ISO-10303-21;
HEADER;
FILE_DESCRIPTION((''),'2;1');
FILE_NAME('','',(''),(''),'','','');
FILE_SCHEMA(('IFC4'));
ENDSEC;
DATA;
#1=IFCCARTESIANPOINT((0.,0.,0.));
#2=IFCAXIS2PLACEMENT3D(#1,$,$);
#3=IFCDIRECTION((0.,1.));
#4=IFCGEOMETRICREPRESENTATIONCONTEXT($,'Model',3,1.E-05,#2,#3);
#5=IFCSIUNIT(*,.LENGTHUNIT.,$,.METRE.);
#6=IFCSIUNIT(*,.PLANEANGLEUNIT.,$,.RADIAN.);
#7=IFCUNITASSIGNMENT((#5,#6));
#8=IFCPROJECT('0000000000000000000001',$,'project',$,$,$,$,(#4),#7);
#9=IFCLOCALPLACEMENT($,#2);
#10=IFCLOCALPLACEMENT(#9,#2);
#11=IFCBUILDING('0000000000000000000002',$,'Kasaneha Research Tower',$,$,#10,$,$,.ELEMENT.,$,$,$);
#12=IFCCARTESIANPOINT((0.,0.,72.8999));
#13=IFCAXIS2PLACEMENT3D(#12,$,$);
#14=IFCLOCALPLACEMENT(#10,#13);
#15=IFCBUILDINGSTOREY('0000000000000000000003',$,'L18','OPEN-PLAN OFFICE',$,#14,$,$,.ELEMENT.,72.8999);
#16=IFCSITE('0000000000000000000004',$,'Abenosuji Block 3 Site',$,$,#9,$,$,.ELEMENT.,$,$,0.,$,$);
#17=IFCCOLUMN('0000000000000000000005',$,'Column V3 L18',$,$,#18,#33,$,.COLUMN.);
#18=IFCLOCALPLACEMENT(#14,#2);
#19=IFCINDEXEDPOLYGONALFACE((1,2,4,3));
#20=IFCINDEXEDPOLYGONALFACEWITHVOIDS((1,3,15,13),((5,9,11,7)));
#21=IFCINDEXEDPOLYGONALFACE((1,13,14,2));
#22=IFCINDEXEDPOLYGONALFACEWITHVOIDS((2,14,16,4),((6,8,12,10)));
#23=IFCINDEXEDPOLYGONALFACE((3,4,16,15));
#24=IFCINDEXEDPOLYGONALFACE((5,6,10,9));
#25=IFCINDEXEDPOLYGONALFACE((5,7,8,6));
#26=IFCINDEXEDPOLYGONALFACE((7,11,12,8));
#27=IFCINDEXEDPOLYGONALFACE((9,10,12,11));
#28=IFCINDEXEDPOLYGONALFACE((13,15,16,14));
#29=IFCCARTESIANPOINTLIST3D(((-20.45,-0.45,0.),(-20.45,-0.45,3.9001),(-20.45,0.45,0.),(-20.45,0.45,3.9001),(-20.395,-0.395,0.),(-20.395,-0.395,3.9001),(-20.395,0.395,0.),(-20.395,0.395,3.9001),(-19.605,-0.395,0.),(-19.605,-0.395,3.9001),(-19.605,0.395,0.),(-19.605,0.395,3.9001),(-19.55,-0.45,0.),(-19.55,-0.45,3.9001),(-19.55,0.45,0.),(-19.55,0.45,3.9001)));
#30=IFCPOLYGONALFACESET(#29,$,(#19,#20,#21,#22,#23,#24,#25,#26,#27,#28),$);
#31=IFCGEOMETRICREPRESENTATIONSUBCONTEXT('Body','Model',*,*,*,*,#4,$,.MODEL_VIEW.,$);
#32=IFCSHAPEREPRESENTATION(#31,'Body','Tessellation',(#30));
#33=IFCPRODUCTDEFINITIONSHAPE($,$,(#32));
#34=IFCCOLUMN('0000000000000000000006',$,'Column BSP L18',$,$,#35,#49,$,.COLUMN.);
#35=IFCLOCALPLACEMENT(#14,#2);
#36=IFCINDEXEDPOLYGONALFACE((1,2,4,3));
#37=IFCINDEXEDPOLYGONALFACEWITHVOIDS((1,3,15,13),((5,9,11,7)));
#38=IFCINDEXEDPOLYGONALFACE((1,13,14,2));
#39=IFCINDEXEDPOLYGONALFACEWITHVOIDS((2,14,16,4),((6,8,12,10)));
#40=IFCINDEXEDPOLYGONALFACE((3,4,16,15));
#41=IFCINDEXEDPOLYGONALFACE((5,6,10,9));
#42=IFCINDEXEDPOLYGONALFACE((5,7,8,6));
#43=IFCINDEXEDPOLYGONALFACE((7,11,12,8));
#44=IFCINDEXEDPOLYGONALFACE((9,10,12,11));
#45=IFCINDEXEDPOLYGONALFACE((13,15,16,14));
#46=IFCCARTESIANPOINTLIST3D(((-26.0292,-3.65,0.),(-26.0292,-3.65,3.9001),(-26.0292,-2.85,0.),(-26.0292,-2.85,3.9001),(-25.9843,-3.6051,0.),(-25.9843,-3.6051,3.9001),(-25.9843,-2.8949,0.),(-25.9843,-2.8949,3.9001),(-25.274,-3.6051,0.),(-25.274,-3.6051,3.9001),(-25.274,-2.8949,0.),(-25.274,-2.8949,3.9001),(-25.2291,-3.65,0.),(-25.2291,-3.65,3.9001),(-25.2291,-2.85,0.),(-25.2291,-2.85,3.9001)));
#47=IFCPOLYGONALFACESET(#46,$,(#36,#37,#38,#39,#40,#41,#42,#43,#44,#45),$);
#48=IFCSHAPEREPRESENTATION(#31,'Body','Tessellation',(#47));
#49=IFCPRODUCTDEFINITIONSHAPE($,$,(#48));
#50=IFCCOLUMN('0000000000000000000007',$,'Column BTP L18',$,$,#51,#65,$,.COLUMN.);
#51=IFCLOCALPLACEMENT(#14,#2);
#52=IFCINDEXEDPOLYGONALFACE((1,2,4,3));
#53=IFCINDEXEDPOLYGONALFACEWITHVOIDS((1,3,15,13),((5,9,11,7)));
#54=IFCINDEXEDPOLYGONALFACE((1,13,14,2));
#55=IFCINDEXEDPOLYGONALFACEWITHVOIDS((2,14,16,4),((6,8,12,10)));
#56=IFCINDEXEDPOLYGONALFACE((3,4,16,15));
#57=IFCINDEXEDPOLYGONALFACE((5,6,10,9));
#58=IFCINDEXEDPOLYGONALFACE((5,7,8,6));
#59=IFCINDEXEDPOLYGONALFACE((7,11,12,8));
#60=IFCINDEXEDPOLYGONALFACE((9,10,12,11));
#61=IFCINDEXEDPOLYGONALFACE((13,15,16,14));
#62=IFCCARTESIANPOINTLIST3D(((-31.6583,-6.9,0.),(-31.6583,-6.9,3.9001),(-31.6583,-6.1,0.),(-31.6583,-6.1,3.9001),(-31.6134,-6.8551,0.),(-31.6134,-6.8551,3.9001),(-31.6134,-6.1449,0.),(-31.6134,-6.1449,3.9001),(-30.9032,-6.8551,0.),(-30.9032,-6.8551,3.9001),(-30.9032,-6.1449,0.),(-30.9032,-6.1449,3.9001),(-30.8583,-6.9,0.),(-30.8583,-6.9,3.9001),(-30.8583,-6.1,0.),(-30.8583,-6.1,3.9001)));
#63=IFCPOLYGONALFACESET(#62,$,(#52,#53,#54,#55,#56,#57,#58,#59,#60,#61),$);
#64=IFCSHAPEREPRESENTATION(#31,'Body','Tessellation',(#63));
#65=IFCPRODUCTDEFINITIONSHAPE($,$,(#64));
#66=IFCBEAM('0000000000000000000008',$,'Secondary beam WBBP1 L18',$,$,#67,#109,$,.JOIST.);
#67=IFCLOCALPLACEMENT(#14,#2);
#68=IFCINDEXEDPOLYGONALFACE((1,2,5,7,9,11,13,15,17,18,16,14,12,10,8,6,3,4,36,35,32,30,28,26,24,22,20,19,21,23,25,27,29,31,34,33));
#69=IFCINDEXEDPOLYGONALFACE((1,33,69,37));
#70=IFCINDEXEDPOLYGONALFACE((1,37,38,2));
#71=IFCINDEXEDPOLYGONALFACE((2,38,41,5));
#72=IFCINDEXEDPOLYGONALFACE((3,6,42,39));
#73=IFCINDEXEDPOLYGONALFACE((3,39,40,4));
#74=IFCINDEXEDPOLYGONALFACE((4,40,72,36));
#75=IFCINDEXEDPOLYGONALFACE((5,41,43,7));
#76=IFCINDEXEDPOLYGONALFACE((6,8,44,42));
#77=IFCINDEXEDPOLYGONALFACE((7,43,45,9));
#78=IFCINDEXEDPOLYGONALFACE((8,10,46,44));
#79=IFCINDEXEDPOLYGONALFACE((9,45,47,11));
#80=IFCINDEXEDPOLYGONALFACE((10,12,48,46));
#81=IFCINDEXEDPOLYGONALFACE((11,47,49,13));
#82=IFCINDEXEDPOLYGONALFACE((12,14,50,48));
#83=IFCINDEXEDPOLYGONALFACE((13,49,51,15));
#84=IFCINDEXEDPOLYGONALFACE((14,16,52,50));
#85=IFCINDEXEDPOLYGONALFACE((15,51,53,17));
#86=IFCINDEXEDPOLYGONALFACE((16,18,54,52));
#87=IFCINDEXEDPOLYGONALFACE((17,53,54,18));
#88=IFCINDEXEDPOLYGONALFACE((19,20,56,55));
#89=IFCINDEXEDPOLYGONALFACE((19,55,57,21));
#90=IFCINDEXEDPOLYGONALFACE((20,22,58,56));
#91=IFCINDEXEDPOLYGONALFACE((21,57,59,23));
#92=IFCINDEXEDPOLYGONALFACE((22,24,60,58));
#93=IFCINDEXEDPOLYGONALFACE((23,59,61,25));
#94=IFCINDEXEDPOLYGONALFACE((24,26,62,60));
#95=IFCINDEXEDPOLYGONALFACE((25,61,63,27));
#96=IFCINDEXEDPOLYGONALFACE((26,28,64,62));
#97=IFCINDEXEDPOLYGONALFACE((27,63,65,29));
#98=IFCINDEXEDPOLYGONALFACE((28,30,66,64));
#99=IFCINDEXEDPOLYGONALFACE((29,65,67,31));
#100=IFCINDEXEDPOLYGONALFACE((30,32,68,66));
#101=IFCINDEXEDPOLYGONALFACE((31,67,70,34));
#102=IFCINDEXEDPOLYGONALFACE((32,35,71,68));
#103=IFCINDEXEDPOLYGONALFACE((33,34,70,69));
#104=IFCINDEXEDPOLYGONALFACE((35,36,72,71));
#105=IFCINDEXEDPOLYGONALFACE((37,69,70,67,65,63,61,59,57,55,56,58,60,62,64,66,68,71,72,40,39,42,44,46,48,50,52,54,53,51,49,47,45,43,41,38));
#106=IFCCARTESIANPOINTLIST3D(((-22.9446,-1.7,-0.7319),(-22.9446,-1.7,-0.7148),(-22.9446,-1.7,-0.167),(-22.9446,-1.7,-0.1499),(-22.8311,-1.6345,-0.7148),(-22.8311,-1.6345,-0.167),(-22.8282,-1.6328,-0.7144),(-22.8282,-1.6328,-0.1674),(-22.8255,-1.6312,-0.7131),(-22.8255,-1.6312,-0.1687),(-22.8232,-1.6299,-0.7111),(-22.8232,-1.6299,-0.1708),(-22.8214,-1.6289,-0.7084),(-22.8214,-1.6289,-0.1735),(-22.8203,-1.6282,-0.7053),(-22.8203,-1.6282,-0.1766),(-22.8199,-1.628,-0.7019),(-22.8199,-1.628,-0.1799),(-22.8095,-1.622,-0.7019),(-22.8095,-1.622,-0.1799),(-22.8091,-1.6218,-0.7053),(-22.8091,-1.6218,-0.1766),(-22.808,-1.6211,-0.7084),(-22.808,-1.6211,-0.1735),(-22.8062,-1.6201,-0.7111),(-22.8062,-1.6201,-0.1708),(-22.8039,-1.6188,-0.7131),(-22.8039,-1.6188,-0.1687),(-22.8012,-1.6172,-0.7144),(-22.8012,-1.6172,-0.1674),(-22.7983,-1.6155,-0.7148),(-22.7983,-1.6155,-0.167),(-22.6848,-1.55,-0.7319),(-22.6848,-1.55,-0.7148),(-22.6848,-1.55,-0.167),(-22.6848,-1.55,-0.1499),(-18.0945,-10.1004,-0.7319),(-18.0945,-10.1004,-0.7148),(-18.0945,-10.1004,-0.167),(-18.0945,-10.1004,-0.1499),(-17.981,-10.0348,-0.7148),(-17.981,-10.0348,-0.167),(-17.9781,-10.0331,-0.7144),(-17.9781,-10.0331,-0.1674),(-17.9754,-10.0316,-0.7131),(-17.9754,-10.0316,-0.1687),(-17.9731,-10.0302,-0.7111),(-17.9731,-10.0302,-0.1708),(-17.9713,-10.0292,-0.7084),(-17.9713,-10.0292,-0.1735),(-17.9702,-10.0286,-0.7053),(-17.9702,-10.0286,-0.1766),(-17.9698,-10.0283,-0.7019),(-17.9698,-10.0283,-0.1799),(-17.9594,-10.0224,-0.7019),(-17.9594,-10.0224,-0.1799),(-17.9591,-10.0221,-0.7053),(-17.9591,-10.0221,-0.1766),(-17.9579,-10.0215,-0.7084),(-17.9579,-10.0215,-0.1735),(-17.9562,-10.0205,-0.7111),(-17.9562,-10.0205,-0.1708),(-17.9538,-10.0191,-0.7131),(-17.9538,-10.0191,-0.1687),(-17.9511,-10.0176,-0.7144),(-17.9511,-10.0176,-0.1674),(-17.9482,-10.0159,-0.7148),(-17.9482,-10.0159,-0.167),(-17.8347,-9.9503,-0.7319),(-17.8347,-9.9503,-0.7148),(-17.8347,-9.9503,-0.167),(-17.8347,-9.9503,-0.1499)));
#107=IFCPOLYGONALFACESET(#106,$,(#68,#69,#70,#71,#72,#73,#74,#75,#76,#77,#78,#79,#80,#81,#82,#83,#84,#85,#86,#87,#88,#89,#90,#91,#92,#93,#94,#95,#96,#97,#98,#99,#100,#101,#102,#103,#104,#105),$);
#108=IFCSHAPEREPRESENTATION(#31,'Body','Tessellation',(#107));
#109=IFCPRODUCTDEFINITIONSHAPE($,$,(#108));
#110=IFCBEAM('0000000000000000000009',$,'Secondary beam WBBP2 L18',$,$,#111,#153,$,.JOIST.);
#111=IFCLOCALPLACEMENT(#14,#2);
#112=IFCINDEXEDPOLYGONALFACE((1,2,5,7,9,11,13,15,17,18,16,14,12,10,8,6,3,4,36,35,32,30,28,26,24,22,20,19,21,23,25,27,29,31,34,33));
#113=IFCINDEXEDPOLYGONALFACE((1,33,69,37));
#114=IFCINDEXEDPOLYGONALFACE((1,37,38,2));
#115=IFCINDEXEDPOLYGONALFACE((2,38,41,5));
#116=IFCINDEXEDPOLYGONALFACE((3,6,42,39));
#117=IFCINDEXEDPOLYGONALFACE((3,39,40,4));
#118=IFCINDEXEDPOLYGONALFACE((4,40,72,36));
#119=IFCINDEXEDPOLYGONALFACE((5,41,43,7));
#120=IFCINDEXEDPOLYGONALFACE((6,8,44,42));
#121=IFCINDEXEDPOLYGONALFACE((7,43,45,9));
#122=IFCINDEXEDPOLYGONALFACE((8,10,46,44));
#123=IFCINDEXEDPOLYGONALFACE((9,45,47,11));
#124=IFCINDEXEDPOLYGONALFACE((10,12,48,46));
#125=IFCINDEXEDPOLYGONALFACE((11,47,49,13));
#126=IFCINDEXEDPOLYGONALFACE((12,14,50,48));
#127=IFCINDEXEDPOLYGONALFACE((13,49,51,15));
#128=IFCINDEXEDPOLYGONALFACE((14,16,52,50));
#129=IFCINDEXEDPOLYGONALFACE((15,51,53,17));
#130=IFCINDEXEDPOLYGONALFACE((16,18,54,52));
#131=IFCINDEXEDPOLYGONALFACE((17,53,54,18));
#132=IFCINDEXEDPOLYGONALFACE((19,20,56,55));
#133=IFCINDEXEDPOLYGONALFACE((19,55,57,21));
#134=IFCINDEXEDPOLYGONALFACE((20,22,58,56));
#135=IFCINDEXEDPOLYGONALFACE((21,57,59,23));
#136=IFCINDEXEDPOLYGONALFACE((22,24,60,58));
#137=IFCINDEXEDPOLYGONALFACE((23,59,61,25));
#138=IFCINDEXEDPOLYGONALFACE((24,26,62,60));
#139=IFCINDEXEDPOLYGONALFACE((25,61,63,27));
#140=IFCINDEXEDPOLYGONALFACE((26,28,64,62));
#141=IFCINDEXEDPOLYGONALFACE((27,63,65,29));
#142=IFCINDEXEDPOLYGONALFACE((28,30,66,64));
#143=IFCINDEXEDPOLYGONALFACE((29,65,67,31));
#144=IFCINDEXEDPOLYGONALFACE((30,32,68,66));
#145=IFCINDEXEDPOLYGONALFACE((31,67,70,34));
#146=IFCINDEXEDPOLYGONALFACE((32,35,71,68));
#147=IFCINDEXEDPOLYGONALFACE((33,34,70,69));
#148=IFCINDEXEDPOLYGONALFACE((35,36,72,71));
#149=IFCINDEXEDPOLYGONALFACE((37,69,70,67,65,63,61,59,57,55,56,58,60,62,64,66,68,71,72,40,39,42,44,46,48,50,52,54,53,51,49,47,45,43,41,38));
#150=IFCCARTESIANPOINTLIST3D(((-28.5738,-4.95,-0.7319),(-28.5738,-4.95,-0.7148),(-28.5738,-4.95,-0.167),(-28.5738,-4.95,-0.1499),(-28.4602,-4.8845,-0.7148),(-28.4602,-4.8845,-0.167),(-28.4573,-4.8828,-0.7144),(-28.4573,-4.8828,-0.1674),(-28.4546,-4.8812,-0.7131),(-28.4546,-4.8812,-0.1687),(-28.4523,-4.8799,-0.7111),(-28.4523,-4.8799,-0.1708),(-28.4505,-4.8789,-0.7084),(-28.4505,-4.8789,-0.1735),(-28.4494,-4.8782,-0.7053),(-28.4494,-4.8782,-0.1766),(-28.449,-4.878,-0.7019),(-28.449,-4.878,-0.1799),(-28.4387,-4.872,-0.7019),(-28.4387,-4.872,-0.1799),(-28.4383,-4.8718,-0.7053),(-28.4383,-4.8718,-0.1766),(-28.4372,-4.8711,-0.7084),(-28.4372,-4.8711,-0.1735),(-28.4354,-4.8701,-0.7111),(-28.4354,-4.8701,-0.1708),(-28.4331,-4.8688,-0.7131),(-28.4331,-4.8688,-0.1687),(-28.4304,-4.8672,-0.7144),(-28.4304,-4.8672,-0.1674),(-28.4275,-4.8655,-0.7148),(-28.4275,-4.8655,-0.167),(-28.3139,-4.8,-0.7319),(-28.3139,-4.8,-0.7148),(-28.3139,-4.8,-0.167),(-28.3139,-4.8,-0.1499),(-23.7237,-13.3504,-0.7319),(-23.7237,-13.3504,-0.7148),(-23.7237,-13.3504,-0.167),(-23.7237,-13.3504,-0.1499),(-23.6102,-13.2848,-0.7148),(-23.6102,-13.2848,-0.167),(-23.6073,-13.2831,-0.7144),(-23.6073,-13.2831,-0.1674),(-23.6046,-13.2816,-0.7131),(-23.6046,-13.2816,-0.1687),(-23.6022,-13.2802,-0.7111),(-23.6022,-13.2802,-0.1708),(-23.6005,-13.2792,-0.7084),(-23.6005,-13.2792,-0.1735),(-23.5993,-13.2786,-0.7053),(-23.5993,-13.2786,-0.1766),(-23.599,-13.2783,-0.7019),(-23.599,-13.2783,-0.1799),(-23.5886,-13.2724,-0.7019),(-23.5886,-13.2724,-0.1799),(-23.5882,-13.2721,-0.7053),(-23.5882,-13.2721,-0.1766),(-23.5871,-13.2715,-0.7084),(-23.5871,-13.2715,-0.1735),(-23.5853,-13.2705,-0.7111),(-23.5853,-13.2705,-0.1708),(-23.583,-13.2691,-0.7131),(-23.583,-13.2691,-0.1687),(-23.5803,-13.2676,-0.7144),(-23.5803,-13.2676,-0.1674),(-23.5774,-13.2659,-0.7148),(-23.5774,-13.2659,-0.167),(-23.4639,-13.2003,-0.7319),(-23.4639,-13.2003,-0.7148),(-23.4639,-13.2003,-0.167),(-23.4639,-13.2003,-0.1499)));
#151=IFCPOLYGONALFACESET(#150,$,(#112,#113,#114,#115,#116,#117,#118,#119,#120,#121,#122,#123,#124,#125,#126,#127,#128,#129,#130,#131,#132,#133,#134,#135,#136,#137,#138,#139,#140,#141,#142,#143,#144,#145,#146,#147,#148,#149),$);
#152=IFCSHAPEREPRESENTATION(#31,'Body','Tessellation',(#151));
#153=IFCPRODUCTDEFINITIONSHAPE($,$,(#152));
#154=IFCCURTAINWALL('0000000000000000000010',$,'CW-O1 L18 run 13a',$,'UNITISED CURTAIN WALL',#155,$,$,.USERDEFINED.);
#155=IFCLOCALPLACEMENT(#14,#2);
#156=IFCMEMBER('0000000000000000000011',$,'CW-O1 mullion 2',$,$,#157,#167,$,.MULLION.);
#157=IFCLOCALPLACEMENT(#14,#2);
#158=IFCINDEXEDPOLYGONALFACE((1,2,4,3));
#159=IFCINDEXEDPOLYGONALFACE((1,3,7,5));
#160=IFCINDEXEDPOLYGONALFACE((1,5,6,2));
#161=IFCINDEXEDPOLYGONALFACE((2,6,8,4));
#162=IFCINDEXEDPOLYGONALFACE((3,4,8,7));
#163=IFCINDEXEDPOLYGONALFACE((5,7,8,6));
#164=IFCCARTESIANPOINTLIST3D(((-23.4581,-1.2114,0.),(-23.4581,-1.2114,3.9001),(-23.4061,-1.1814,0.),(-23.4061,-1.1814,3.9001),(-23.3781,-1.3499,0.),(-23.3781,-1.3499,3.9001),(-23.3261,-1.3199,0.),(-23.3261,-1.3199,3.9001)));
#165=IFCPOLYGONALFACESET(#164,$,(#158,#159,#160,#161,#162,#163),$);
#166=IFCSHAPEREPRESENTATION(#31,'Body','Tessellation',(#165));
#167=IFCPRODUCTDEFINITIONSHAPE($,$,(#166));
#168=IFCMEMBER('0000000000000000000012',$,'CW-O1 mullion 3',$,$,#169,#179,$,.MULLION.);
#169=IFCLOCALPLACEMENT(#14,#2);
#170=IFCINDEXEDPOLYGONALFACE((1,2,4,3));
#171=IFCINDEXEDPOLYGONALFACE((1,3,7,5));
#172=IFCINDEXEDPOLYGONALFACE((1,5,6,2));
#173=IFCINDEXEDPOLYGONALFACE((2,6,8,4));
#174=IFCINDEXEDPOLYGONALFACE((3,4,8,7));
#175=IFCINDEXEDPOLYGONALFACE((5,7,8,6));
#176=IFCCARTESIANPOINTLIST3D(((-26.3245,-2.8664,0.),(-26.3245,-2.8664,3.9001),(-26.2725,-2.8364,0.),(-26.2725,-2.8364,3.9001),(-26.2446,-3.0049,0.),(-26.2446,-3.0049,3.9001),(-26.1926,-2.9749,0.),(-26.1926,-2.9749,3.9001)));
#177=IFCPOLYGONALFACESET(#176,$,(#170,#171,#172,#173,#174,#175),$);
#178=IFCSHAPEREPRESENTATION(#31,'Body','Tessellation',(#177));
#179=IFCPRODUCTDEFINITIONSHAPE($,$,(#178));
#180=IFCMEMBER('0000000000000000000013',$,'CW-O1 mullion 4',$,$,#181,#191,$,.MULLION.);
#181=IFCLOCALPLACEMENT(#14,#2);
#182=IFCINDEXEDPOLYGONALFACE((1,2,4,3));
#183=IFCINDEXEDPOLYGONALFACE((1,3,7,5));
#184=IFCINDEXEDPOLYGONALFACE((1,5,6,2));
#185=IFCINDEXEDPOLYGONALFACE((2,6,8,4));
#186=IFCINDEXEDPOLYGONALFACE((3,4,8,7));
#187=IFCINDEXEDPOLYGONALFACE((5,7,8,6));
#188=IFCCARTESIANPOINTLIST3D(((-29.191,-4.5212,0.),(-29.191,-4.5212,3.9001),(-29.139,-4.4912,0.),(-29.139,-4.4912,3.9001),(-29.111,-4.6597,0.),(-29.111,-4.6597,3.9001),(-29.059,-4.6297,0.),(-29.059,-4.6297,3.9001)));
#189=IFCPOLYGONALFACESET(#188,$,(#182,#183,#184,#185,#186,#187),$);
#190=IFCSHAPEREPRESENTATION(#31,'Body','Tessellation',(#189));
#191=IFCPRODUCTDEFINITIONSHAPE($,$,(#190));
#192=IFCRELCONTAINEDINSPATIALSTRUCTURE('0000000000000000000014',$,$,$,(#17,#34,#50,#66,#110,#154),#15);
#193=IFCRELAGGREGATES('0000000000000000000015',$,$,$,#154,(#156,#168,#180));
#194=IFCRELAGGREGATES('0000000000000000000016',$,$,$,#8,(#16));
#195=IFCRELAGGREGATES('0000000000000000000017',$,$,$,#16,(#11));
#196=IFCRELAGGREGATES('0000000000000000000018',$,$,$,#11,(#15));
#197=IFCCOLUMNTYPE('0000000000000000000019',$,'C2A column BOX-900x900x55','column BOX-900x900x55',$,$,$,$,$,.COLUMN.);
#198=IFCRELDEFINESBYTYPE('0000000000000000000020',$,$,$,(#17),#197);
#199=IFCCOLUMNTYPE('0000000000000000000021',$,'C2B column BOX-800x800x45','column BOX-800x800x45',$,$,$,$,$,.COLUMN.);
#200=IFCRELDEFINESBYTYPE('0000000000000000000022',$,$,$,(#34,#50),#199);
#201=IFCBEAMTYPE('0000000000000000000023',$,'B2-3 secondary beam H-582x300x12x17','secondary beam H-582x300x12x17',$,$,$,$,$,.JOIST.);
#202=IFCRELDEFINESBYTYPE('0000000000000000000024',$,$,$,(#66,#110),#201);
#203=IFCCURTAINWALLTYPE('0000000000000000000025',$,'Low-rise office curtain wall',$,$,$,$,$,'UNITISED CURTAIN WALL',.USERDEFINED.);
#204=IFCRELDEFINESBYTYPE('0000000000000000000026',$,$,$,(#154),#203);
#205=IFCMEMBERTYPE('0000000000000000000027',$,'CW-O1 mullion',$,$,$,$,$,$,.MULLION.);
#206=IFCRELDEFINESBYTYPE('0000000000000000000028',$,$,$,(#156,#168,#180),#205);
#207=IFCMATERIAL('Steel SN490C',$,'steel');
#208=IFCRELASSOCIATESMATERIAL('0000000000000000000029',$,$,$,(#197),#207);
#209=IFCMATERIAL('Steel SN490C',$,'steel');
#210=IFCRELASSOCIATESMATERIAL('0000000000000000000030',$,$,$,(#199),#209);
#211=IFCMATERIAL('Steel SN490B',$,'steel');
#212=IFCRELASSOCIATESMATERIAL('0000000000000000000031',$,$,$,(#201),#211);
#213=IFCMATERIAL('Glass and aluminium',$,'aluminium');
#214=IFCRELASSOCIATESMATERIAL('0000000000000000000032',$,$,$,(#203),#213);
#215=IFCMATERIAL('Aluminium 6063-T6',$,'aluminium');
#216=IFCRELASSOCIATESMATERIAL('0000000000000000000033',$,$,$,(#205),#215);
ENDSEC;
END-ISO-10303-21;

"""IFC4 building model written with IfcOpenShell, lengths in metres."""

from ifc_helpers import new_model, si_unit, direction, frame, origin, origin_2d, place, context, subcontext, project, spatial, rectangle, hollow_rectangle, i_section, extrude, material, material_profile, profile_set, type_object, element, aggregate, save


model = new_model("IFC4")

# Units and contexts
model_context = context("Model", 3, precision=1e-05, world=origin(), true_north=direction((0.0, 1.0)))
body_context = subcontext(model_context, "Body", "Model", "MODEL_VIEW")
ifc_project = project(units=[si_unit("LENGTHUNIT", "METRE"), si_unit("PLANEANGLEUNIT", "RADIAN")], contexts=[model_context])

# Site, building, storey
site_placement = place(None, origin())
site = spatial("IfcSite", under=ifc_project, at=site_placement, Name="Abenosuji Block 3 Site", CompositionType="ELEMENT", RefElevation=0.0)
building_placement = place(site_placement, origin())
building = spatial("IfcBuilding", under=site, at=building_placement, Name="Kasaneha Research Tower", CompositionType="ELEMENT")
storey_placement = place(building_placement, frame((0.0, 0.0, 72.8999)))
storey = spatial("IfcBuildingStorey", under=building, at=storey_placement, Name="L18", Description="OPEN-PLAN OFFICE", CompositionType="ELEMENT", Elevation=72.8999)

# Columns
ifc_material_1 = material(Name="Steel SN490C", Category="steel")
ifc_material_profile_1 = material_profile(ifc_material_1, hollow_rectangle(XDim=0.8999, YDim=0.8999, WallThickness=0.0549, at=origin_2d()), Name="BOX-900x900x55")
ifc_profile_set_1 = profile_set([ifc_material_profile_1], Name="Steel SN490C")
column_type_1 = type_object("IfcColumnType", Name="C2A column BOX-900x900x55", Description="column BOX-900x900x55", PredefinedType="COLUMN", material=ifc_profile_set_1)
column_placement = place(storey_placement, frame((-20.0, 0.0, 0.0), z_axis=(0.0, 0.0, 1.0), x_axis=(1.0, 0.0, 0.0)))
element("IfcColumn", 1, at=column_placement, inside=storey, type_object=column_type_1, Name="Column V3 L18", PredefinedType="COLUMN", context=body_context, shape_type="SweptSolid", body=[
    extrude(hollow_rectangle(XDim=0.8999, YDim=0.8999, WallThickness=0.0549, at=origin_2d()), origin(), (0.0, 0.0, 1.0), 3.9001),
])
ifc_material_2 = material(Name="Steel SN490C", Category="steel")
ifc_material_profile_2 = material_profile(ifc_material_2, hollow_rectangle(XDim=0.8, YDim=0.8, WallThickness=0.0449, at=origin_2d()), Name="BOX-800x800x45")
ifc_profile_set_2 = profile_set([ifc_material_profile_2], Name="Steel SN490C")
column_type_2 = type_object("IfcColumnType", Name="C2B column BOX-800x800x45", Description="column BOX-800x800x45", PredefinedType="COLUMN", material=ifc_profile_set_2)
for number, where, z_axis, x_axis, name in (
    (2, (-25.6292, -3.25, 0.0), (0.0, 0.0, 1.0), (1.0, 0.0, 0.0), "Column BSP L18"),
    (3, (-31.2583, -6.5, 0.0), (0.0, 0.0, 1.0), (1.0, 0.0, 0.0), "Column BTP L18"),
):
    element("IfcColumn", number, at=place(storey_placement, frame(where, z_axis=z_axis, x_axis=x_axis)), inside=storey, type_object=column_type_2, Name=name, PredefinedType="COLUMN", context=body_context, shape_type="SweptSolid", body=[
        extrude(hollow_rectangle(XDim=0.8, YDim=0.8, WallThickness=0.0449, at=origin_2d()), origin(), (0.0, 0.0, 1.0), 3.9001),
    ])

# Beams
ifc_material_3 = material(Name="Steel SN490B", Category="steel")
ifc_material_profile_3 = material_profile(ifc_material_3, i_section(OverallWidth=0.3, OverallDepth=0.582, WebThickness=0.012, FlangeThickness=0.0171, FilletRadius=0.0129, at=origin_2d()), Name="H-582x300x12x17")
ifc_profile_set_3 = profile_set([ifc_material_profile_3], Name="Steel SN490B")
beam_type_1 = type_object("IfcBeamType", Name="B2-3 secondary beam H-582x300x12x17", Description="secondary beam H-582x300x12x17", PredefinedType="JOIST", material=ifc_profile_set_3)
for number, where, z_axis, x_axis, name in (
    (4, (-22.8147, -1.625, -0.4409), (0.50001, -0.86602, 0.0), (0.86602, 0.50001, 0.0), "Secondary beam WBBP1 L18"),
    (5, (-28.4438, -4.875, -0.4409), (0.50001, -0.86602, 0.0), (0.86602, 0.50001, 0.0), "Secondary beam WBBP2 L18"),
):
    element("IfcBeam", number, at=place(storey_placement, frame(where, z_axis=z_axis, x_axis=x_axis)), inside=storey, type_object=beam_type_1, Name=name, PredefinedType="JOIST", context=body_context, shape_type="SweptSolid", body=[
        extrude(i_section(OverallWidth=0.3, OverallDepth=0.582, WebThickness=0.012, FlangeThickness=0.0171, FilletRadius=0.0129, at=origin_2d()), origin(), (0.0, 0.0, 1.0), 9.7),
    ])

# Curtain wall, members
ifc_material_4 = material(Name="Glass and aluminium", Category="aluminium")
curtain_wall_type = type_object("IfcCurtainWallType", Name="Low-rise office curtain wall", ElementType="UNITISED CURTAIN WALL", PredefinedType="USERDEFINED", material=ifc_material_4)
curtain_wall_1_placement = place(storey_placement, origin())
curtain_wall_1 = element("IfcCurtainWall", 6, at=curtain_wall_1_placement, inside=storey, type_object=curtain_wall_type, Name="CW-O1 L18 run 13a", ObjectType="UNITISED CURTAIN WALL", PredefinedType="USERDEFINED")
ifc_material_5 = material(Name="Aluminium 6063-T6", Category="aluminium")
ifc_material_profile_4 = material_profile(ifc_material_5, rectangle(XDim=0.0601, YDim=0.1599, at=origin_2d()), Name="CW-O1 mullion 60x160")
ifc_profile_set_4 = profile_set([ifc_material_profile_4], Name="Aluminium 6063-T6")
member_type_1 = type_object("IfcMemberType", Name="CW-O1 mullion", PredefinedType="MULLION", material=ifc_profile_set_4)
member_1_placement = place(storey_placement, frame((-23.3921, -1.2656, 0.0), z_axis=(0.0, 0.0, 1.0), x_axis=(-0.866025, -0.5, 0.0)))
member_1 = element("IfcMember", 7, at=member_1_placement, type_object=member_type_1, Name="CW-O1 mullion 2", PredefinedType="MULLION", context=body_context, shape_type="SweptSolid", body=[
    extrude(rectangle(XDim=0.0601, YDim=0.1599, at=origin_2d()), origin(), (0.0, 0.0, 1.0), 3.9001),
])
member_2_placement = place(storey_placement, frame((-26.2585, -2.9207, 0.0), z_axis=(0.0, 0.0, 1.0), x_axis=(-0.866025, -0.5, 0.0)))
member_2 = element("IfcMember", 8, at=member_2_placement, type_object=member_type_1, Name="CW-O1 mullion 3", PredefinedType="MULLION", context=body_context, shape_type="SweptSolid", body=[
    extrude(rectangle(XDim=0.0601, YDim=0.1599, at=origin_2d()), origin(), (0.0, 0.0, 1.0), 3.9001),
])
member_3_placement = place(storey_placement, frame((-29.125, -4.5754, 0.0), z_axis=(0.0, 0.0, 1.0), x_axis=(-0.866025, -0.5, 0.0)))
member_3 = element("IfcMember", 9, at=member_3_placement, type_object=member_type_1, Name="CW-O1 mullion 4", PredefinedType="MULLION", context=body_context, shape_type="SweptSolid", body=[
    extrude(rectangle(XDim=0.0601, YDim=0.1599, at=origin_2d()), origin(), (0.0, 0.0, 1.0), 3.9001),
])

aggregate(curtain_wall_1, [member_1, member_2, member_3])

save(model, "model.ifc")
